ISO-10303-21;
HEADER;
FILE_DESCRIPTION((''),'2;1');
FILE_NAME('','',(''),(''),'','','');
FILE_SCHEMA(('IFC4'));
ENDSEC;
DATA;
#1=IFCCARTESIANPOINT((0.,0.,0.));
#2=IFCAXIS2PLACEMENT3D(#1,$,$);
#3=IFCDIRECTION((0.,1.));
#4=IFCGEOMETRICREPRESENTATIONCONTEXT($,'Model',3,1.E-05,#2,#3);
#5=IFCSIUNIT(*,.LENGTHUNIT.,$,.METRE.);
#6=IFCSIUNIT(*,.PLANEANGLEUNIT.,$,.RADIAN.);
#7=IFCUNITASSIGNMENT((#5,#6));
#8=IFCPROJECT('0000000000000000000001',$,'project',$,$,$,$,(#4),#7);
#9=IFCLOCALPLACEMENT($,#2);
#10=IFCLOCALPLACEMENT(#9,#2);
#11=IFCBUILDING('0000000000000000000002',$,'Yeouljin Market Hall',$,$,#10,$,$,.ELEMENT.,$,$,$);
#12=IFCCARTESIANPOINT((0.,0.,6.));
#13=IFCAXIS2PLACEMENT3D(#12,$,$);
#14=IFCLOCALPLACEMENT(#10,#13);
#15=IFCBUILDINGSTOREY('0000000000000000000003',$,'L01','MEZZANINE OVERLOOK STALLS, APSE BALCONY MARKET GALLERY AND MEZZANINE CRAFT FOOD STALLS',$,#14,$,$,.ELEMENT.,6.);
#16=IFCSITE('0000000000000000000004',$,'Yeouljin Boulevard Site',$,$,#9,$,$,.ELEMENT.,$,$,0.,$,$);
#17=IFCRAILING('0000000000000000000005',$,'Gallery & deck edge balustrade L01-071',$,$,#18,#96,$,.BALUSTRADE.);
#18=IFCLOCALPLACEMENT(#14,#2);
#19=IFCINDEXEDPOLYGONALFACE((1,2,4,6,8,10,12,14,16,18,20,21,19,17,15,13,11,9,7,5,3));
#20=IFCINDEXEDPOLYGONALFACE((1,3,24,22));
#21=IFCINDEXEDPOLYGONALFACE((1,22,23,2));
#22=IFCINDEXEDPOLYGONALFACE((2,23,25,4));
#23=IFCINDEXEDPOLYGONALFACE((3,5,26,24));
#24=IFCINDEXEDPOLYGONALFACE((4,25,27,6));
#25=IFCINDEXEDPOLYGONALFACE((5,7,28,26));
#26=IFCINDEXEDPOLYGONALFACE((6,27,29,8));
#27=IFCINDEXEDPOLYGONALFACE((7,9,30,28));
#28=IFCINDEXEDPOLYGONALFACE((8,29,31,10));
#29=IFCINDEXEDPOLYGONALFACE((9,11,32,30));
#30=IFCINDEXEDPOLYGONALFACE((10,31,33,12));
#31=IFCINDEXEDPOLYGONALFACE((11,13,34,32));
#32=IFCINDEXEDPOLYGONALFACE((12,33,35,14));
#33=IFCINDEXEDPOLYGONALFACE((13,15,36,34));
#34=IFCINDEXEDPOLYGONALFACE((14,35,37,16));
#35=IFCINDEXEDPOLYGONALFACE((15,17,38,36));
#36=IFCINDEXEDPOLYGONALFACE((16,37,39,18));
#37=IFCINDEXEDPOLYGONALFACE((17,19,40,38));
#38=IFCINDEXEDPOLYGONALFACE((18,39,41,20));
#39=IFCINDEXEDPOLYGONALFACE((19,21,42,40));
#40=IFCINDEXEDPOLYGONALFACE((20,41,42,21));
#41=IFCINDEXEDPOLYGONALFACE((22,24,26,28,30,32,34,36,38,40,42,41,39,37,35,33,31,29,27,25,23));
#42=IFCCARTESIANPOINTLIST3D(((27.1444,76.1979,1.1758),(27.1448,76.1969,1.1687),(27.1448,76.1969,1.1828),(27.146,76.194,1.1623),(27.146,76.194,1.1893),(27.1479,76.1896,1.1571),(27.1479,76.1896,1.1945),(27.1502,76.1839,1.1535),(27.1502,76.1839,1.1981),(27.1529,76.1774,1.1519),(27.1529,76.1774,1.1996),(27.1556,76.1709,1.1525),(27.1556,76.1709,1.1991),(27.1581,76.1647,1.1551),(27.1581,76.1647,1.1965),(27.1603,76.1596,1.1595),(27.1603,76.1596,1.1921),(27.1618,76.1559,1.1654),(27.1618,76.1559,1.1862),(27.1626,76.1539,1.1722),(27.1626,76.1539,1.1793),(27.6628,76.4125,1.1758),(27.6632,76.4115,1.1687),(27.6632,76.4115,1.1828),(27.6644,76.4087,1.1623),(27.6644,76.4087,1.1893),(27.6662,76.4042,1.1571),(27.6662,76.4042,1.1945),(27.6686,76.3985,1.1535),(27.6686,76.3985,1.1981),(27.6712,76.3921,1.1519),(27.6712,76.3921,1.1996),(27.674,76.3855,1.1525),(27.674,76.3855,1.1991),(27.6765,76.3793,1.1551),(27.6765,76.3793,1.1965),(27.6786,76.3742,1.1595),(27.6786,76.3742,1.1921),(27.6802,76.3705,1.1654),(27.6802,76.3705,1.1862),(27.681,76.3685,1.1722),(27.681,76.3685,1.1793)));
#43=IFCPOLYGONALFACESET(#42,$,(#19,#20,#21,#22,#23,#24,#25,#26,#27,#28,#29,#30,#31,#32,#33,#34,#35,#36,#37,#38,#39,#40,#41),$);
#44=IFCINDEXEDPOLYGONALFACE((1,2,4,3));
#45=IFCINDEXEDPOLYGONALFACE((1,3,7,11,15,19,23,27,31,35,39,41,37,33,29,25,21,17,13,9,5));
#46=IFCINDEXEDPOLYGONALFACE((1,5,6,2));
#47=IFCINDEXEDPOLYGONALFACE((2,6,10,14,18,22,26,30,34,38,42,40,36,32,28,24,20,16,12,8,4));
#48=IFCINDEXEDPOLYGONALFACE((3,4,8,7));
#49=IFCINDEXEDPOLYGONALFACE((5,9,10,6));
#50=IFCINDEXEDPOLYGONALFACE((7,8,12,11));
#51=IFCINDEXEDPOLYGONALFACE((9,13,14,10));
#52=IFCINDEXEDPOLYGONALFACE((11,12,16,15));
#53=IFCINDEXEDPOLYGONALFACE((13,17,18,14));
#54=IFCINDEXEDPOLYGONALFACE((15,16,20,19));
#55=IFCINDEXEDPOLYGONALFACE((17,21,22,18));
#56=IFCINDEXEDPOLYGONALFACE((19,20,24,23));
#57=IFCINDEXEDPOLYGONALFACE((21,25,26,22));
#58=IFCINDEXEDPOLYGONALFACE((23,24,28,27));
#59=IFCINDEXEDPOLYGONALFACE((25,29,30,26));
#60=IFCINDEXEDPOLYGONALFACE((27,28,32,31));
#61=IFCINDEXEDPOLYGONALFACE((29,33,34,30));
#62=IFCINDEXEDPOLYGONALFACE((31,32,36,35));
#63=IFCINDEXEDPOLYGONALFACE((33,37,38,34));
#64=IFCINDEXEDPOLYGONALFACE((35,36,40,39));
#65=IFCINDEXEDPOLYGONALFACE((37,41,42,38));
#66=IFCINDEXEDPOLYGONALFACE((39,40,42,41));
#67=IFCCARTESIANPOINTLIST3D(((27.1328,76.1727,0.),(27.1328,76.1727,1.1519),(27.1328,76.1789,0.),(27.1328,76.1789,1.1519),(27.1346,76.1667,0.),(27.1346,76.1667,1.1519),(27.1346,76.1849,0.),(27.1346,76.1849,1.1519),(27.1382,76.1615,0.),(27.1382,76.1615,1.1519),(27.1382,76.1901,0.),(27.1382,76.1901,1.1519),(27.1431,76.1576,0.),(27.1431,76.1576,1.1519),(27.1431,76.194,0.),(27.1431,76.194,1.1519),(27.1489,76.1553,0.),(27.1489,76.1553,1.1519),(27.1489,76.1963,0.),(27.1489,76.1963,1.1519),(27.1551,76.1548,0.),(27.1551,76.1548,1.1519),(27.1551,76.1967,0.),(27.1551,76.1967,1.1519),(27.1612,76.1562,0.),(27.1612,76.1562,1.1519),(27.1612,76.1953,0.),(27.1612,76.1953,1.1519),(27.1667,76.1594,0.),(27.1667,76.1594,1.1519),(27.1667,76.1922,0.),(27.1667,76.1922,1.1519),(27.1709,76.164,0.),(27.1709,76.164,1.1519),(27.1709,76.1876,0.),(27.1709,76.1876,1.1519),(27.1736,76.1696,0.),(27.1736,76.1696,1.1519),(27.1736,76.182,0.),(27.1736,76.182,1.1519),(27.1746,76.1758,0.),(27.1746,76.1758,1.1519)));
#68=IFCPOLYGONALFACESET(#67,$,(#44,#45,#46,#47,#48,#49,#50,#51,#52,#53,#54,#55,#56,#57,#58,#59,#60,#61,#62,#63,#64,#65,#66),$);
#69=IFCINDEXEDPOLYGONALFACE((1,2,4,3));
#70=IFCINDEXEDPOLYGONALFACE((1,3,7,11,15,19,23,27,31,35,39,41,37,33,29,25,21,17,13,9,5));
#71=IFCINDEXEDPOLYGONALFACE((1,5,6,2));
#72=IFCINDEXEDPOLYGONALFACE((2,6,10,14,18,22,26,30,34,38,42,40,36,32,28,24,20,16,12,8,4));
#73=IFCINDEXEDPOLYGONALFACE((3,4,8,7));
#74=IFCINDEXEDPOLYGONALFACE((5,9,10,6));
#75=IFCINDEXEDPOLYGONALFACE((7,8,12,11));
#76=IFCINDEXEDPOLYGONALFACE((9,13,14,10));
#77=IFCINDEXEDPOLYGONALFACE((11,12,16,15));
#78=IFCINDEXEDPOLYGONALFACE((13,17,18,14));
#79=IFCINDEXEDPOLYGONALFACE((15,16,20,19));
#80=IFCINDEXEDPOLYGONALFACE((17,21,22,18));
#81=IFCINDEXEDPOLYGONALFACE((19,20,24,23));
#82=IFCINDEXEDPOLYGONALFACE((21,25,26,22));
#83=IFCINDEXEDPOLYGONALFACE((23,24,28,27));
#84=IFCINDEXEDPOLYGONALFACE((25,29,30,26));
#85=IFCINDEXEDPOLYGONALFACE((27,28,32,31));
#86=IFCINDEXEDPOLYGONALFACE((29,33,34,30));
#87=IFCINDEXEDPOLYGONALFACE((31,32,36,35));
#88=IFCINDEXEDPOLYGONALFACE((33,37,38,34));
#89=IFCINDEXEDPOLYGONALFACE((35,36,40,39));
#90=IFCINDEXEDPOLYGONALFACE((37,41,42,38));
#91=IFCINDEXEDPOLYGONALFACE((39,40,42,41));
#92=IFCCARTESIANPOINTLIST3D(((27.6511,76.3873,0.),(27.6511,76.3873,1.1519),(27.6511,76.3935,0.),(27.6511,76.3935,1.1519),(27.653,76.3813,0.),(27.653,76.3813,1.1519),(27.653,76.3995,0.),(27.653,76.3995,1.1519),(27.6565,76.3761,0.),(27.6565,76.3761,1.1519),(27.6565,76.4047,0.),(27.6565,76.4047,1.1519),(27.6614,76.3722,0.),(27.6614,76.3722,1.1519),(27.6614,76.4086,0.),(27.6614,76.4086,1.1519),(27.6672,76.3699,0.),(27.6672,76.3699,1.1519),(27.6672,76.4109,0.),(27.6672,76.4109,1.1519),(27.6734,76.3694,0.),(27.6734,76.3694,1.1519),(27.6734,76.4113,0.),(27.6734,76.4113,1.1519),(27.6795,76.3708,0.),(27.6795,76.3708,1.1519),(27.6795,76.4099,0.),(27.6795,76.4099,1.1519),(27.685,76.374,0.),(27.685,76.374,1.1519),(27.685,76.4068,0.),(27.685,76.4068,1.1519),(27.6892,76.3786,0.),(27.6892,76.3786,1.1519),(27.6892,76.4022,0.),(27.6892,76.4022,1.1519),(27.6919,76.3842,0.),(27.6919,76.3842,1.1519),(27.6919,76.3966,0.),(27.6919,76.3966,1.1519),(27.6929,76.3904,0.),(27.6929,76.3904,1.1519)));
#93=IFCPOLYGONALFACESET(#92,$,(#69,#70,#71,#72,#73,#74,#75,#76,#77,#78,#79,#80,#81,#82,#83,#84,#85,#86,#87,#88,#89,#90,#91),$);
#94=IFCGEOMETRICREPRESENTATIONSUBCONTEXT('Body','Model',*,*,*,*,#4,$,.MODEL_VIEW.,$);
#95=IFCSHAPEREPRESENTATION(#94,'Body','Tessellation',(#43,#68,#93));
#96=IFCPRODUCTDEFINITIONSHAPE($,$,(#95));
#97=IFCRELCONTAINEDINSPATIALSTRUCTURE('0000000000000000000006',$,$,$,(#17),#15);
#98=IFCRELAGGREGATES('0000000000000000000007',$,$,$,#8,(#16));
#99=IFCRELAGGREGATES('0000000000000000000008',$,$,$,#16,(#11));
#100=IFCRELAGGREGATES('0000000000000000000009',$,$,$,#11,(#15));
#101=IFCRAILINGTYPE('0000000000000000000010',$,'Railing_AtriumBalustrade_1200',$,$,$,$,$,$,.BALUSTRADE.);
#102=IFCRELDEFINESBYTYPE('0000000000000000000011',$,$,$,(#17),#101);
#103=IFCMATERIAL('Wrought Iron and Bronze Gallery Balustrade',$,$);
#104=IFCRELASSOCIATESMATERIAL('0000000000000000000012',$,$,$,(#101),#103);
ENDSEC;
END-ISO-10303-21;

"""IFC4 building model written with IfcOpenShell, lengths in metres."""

from ifc_helpers import new_model, si_unit, direction, frame, origin, origin_2d, place, context, subcontext, project, spatial, circle, extrude, material, type_object, element, save


model = new_model("IFC4")

# Units and contexts
model_context = context("Model", 3, precision=1e-05, world=origin(), true_north=direction((0.0, 1.0)))
body_context = subcontext(model_context, "Body", "Model", "MODEL_VIEW")
ifc_project = project(units=[si_unit("LENGTHUNIT", "METRE"), si_unit("PLANEANGLEUNIT", "RADIAN")], contexts=[model_context])

# Site, building, storey
site_placement = place(None, origin())
site = spatial("IfcSite", under=ifc_project, at=site_placement, Name="Yeouljin Boulevard Site", CompositionType="ELEMENT", RefElevation=0.0)
building_placement = place(site_placement, origin())
building = spatial("IfcBuilding", under=site, at=building_placement, Name="Yeouljin Market Hall", CompositionType="ELEMENT")
storey_placement = place(building_placement, frame((0.0, 0.0, 6.0)))
storey = spatial("IfcBuildingStorey", under=building, at=storey_placement, Name="L01", Description="MEZZANINE OVERLOOK STALLS, APSE BALCONY MARKET GALLERY AND MEZZANINE CRAFT FOOD STALLS", CompositionType="ELEMENT", Elevation=6.0)

# Railing
ifc_material_1 = material(Name="Wrought Iron and Bronze Gallery Balustrade")
railing_type = type_object("IfcRailingType", Name="Railing_AtriumBalustrade_1200", PredefinedType="BALUSTRADE", material=ifc_material_1)
railing_1_placement = place(storey_placement, frame((27.1536, 76.1758, 0.0)))
element("IfcRailing", 1, at=railing_1_placement, inside=storey, type_object=railing_type, Name="Gallery & deck edge balustrade L01-071", PredefinedType="BALUSTRADE", context=body_context, shape_type="SweptSolid", body=[
    extrude(circle(Radius=0.0239, at=origin_2d()), frame((0.0, 0.0, 1.1758), z_axis=(0.923937, 0.382544, 0.0), x_axis=(-0.382544, 0.923937, 0.0)), (0.0, 0.0, 1.0), 0.561),
    extrude(circle(Radius=0.021, at=origin_2d()), origin(), (0.0, 0.0, 1.0), 1.1519),
    extrude(circle(Radius=0.021, at=origin_2d()), frame((0.5183, 0.2146, 0.0)), (0.0, 0.0, 1.0), 1.1519),
])

save(model, "model.ifc")
